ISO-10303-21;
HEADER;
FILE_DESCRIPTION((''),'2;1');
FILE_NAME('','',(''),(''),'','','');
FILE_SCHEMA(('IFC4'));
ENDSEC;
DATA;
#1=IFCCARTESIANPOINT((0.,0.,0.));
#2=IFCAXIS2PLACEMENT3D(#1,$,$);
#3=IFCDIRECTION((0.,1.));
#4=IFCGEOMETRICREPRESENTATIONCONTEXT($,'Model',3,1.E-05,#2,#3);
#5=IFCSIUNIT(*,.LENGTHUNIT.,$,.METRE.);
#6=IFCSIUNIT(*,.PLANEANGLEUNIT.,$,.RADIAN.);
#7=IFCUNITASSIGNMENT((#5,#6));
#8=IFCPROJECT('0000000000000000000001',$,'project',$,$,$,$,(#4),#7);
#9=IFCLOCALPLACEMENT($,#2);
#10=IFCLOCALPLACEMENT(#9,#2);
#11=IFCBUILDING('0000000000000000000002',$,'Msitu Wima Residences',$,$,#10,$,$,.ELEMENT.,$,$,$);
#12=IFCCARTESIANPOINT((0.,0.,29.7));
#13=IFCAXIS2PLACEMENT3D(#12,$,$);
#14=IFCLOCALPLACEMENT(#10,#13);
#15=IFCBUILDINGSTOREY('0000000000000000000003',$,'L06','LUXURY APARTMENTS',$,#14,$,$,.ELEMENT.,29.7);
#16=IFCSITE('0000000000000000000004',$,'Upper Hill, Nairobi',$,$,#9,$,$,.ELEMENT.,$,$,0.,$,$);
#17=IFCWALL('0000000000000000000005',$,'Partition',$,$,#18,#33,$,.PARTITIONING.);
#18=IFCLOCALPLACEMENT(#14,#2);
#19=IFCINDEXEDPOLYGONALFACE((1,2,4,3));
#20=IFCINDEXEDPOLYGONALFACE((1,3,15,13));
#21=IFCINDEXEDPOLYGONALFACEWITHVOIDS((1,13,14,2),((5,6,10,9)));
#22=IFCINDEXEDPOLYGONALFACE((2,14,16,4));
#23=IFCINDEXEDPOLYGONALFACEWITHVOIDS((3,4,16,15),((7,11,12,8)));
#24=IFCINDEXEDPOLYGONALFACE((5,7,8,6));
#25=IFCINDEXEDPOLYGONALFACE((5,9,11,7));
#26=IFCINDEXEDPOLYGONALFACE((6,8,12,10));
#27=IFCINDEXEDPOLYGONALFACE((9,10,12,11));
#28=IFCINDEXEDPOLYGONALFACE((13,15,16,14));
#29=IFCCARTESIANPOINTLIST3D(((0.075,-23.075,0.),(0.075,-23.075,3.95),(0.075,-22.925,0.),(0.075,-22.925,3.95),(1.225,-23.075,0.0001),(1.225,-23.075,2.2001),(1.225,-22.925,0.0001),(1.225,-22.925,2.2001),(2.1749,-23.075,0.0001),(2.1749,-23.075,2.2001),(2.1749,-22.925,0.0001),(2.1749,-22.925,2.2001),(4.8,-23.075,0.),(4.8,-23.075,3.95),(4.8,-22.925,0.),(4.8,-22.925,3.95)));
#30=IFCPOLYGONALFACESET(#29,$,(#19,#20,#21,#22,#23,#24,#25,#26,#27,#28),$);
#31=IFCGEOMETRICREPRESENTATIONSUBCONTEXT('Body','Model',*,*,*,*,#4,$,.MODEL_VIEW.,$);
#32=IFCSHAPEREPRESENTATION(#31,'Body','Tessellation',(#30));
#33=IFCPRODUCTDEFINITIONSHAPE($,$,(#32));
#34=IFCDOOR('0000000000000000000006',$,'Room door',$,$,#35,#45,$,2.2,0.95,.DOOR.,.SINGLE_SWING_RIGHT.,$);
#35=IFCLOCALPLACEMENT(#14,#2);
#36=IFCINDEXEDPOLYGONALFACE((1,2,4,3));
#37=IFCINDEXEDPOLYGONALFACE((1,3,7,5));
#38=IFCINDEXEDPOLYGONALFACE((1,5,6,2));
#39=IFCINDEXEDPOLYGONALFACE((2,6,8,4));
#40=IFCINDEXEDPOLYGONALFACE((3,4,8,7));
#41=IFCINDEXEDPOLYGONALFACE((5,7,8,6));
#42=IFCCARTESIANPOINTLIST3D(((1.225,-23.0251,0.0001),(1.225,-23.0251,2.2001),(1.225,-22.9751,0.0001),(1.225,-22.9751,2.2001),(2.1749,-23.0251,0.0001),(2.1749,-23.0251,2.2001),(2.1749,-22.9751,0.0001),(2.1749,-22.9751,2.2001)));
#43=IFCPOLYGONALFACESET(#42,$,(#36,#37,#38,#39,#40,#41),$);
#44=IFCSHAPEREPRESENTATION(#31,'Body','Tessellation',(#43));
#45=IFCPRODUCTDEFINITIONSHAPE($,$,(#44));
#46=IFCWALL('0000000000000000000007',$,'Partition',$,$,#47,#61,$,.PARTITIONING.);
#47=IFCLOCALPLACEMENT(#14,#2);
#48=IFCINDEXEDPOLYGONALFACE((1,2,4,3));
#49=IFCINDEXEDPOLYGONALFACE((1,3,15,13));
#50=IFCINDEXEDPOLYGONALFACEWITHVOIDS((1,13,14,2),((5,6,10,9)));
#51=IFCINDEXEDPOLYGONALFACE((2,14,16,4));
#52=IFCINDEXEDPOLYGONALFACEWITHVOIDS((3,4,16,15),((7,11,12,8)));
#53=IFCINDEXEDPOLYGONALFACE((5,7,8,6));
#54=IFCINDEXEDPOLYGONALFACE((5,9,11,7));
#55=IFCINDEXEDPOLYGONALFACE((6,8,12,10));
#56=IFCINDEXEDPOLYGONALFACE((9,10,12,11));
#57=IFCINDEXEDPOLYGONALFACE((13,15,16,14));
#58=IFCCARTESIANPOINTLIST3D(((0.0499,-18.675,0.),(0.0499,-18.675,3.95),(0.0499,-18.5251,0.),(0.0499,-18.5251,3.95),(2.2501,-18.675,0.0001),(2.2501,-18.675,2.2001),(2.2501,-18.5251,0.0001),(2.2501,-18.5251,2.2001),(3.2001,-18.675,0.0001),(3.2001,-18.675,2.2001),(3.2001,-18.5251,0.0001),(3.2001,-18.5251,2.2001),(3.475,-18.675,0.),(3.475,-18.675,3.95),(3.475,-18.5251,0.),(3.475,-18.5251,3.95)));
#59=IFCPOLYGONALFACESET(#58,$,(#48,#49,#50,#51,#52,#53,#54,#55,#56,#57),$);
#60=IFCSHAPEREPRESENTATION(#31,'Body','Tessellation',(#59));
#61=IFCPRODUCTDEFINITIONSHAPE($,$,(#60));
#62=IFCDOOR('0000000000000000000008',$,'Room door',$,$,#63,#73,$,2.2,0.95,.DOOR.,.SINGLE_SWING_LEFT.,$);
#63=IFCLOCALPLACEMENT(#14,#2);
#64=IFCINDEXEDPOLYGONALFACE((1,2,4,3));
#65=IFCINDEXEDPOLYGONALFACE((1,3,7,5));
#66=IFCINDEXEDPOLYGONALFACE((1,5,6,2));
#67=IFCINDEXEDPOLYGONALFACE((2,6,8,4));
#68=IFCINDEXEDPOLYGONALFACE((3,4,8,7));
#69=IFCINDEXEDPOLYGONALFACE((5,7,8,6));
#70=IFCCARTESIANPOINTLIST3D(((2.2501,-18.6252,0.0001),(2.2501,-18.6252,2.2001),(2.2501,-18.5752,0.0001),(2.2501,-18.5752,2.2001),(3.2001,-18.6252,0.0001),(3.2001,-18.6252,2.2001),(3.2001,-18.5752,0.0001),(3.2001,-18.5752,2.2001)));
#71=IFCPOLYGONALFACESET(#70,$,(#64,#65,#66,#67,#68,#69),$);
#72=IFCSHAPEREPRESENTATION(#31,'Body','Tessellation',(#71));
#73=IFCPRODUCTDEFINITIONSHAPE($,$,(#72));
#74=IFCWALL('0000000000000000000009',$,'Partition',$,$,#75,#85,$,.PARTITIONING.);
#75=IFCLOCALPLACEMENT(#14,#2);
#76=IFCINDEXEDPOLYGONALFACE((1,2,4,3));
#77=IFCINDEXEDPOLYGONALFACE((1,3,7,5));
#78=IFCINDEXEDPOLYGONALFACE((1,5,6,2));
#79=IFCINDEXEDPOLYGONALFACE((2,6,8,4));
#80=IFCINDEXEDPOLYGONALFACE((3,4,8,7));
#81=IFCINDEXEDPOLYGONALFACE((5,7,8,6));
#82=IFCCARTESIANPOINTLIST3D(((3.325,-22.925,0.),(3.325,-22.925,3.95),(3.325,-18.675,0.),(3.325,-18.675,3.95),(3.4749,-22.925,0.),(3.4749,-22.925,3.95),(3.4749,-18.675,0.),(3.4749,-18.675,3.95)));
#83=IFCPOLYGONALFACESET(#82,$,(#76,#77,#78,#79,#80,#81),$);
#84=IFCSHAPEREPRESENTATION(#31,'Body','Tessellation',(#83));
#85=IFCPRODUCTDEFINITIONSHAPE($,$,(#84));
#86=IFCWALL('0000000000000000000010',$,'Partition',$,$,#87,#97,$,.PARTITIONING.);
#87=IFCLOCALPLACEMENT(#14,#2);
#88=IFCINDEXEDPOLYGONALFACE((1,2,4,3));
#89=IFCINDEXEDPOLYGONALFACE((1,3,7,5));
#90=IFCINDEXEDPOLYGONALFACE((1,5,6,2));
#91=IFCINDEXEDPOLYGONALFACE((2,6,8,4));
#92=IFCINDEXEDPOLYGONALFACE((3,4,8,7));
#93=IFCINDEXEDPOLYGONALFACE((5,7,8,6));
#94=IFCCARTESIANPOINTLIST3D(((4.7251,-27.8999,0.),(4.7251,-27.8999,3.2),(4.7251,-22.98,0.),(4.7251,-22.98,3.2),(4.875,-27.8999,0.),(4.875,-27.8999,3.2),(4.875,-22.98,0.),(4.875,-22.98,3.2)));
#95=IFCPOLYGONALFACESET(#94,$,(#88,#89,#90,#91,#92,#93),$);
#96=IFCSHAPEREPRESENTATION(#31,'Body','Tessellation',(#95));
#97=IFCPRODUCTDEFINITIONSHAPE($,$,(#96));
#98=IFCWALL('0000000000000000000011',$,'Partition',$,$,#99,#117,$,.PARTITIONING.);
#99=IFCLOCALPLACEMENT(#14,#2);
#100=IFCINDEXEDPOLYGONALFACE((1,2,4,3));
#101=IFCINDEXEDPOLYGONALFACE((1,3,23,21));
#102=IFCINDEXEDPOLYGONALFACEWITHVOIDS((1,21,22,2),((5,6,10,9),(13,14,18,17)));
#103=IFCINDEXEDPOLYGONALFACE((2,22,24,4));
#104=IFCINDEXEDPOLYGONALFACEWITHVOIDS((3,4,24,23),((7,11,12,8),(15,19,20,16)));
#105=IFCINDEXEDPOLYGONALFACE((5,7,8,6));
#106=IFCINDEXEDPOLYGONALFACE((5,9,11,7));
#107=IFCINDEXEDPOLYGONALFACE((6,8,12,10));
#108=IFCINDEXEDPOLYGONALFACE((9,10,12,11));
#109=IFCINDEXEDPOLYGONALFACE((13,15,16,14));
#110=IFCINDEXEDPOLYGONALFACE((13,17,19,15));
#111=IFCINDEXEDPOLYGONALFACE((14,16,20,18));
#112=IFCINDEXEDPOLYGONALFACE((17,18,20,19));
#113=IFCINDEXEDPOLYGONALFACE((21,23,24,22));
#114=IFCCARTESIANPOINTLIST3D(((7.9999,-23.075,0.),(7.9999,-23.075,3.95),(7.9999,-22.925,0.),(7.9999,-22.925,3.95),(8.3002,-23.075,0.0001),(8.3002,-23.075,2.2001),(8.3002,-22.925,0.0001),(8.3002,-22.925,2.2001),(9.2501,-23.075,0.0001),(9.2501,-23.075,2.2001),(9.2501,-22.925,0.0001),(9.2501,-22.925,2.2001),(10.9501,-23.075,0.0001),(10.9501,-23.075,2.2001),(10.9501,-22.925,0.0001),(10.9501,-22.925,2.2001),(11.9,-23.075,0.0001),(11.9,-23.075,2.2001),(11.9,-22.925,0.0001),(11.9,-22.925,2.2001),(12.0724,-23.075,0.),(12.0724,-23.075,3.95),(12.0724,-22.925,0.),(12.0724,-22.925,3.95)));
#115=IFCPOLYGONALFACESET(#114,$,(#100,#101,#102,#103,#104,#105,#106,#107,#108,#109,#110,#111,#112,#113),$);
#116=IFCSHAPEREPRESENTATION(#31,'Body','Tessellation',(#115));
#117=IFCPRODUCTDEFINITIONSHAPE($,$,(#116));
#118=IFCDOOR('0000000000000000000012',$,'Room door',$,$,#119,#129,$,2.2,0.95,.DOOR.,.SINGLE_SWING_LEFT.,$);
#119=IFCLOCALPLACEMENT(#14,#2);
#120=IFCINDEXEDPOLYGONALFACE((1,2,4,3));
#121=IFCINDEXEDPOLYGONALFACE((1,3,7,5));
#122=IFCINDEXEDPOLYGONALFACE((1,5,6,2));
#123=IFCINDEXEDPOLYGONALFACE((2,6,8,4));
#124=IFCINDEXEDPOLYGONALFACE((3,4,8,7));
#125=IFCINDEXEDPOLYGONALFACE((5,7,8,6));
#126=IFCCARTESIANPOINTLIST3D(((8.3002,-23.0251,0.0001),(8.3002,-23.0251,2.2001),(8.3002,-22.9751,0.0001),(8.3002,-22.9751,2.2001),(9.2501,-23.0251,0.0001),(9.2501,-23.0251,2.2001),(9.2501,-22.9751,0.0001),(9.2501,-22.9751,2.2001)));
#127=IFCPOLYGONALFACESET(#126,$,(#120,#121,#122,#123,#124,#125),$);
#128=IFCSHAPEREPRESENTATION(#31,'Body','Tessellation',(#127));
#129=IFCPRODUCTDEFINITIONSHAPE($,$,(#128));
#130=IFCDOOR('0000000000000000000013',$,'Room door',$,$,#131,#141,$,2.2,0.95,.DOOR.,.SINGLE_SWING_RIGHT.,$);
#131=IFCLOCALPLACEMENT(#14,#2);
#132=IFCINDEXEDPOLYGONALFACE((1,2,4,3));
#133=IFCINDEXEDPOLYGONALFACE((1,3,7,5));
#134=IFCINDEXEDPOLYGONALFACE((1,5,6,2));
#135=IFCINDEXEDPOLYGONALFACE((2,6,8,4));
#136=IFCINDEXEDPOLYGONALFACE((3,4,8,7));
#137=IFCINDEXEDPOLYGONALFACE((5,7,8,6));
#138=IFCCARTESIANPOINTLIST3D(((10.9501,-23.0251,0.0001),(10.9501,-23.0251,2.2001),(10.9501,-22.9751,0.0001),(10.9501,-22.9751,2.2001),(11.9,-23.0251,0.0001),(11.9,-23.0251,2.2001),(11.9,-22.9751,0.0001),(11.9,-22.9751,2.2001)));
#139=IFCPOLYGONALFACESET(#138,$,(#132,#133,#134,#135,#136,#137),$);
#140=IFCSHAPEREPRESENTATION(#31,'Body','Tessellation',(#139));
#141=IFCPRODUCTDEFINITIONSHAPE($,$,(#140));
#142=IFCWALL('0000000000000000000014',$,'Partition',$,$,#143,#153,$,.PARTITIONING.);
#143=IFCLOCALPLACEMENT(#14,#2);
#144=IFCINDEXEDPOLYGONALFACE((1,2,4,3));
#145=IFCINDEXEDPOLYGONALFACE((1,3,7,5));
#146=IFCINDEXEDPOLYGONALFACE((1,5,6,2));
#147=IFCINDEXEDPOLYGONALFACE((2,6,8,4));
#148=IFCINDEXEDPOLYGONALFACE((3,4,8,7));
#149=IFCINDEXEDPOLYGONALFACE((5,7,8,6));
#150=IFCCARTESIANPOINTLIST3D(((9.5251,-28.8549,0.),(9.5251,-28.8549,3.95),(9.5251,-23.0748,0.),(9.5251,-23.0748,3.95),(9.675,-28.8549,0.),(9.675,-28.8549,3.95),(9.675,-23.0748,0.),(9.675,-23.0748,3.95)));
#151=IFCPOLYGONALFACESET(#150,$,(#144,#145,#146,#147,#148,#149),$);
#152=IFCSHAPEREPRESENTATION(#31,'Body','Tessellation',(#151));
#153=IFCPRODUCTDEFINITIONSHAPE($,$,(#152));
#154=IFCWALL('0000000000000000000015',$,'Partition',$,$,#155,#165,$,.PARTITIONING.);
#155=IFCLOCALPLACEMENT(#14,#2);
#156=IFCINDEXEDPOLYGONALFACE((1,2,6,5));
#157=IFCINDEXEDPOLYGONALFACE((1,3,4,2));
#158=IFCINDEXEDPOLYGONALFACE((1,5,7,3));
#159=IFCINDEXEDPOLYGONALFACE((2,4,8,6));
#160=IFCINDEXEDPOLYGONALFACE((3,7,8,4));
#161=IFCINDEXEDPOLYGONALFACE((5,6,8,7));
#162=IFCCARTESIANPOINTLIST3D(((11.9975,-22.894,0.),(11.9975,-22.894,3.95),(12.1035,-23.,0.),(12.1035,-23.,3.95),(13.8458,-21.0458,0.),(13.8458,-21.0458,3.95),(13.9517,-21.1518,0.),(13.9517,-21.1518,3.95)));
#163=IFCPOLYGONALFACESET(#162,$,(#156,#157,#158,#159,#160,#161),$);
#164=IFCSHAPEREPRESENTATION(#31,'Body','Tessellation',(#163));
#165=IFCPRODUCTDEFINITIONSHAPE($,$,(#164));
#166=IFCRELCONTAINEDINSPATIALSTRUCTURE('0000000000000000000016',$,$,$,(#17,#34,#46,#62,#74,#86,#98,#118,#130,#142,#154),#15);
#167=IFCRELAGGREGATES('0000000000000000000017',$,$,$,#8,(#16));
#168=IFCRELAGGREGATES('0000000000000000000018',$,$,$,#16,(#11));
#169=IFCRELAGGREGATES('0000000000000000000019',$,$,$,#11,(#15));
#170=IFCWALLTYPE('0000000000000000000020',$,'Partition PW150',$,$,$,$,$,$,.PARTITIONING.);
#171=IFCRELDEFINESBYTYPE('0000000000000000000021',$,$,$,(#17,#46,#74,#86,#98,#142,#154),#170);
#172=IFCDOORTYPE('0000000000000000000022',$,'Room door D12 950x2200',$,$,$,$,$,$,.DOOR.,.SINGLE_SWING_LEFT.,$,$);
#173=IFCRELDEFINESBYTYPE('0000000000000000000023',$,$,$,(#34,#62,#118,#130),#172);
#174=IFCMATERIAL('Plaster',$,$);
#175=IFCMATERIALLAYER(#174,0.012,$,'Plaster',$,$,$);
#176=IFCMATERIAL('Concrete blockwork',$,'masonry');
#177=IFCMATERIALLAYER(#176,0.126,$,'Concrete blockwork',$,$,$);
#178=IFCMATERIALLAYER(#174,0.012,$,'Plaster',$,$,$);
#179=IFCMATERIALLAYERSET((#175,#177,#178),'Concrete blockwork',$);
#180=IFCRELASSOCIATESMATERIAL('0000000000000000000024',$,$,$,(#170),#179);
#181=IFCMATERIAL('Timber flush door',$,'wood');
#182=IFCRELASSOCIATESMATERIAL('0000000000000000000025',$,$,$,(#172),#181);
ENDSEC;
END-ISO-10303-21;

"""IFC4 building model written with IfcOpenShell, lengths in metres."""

from ifc_helpers import new_model, si_unit, direction, frame, frame_2d, origin, place, context, subcontext, project, spatial, rectangle, extrude, material, layer, layer_set, type_object, element, fill, save


model = new_model("IFC4")

# Units and contexts
model_context = context("Model", 3, precision=1e-05, world=origin(), true_north=direction((0.0, 1.0)))
body_context = subcontext(model_context, "Body", "Model", "MODEL_VIEW")
ifc_project = project(units=[si_unit("LENGTHUNIT", "METRE"), si_unit("PLANEANGLEUNIT", "RADIAN")], contexts=[model_context])

# Site, building, storey
site_placement = place(None, origin())
site = spatial("IfcSite", under=ifc_project, at=site_placement, Name="Upper Hill, Nairobi", CompositionType="ELEMENT", RefElevation=0.0)
building_placement = place(site_placement, origin())
building = spatial("IfcBuilding", under=site, at=building_placement, Name="Msitu Wima Residences", CompositionType="ELEMENT")
storey_placement = place(building_placement, frame((0.0, 0.0, 29.7)))
storey = spatial("IfcBuildingStorey", under=building, at=storey_placement, Name="L06", Description="LUXURY APARTMENTS", CompositionType="ELEMENT", Elevation=29.7)

# Walls, openings, doors
ifc_material_1 = material(Name="Plaster")
ifc_layer_1 = layer(ifc_material_1, 0.012, Name="Plaster")
ifc_material_2 = material(Name="Concrete blockwork", Category="masonry")
ifc_layer_2 = layer(ifc_material_2, 0.126, Name="Concrete blockwork")
ifc_layer_3 = layer(ifc_material_1, 0.012, Name="Plaster")
ifc_layer_set_1 = layer_set([ifc_layer_1, ifc_layer_2, ifc_layer_3], Name="Concrete blockwork")
wall_type_1 = type_object("IfcWallType", Name="Partition PW150", PredefinedType="PARTITIONING", material=ifc_layer_set_1)
wall_1_placement = place(storey_placement, frame((0.075, -23.0, 0.0), z_axis=(0.0, 0.0, 1.0), x_axis=(1.0, 0.0, 0.0)))
wall_1 = element("IfcWall", 1, at=wall_1_placement, inside=storey, type_object=wall_type_1, Name="Partition", PredefinedType="PARTITIONING", context=body_context, shape_type="SweptSolid", body=[
    extrude(rectangle(XDim=4.7251, YDim=0.1499, at=frame_2d((2.3625, 0.0))), origin(), (0.0, 0.0, 1.0), 3.95),
])
opening_1_placement = place(wall_1_placement, frame((1.1499, 0.0, 0.0)))
opening_1 = element("IfcOpeningElement", 2, at=opening_1_placement, cuts=wall_1, PredefinedType="OPENING", context=body_context, shape_type="SweptSolid", body=[
    extrude(rectangle(XDim=0.95, YDim=2.2, at=frame_2d((0.4751, 1.1001))), frame((0.0, 0.085, 0.0), z_axis=(0.0, -1.0, 0.0), x_axis=(1.0, 0.0, 0.0)), (0.0, 0.0, 1.0), 0.1699),
])
ifc_material_3 = material(Name="Timber flush door", Category="wood")
door_type_1 = type_object("IfcDoorType", Name="Room door D12 950x2200", OperationType="SINGLE_SWING_LEFT", PredefinedType="DOOR", material=ifc_material_3)
door_1_placement = place(opening_1_placement, origin())
door_1 = element("IfcDoor", 3, at=door_1_placement, inside=storey, type_object=door_type_1, Name="Room door", OperationType="SINGLE_SWING_RIGHT", OverallHeight=2.2, OverallWidth=0.95, PredefinedType="DOOR", context=body_context, shape_type="SweptSolid", body=[
    extrude(rectangle(XDim=0.95, YDim=2.2, at=frame_2d((0.4751, 1.1001))), frame((0.0, 0.0249, 0.0), z_axis=(0.0, -1.0, 0.0), x_axis=(1.0, 0.0, 0.0)), (0.0, 0.0, 1.0), 0.05),
])
fill(opening_1, door_1)
wall_2_placement = place(storey_placement, frame((0.05, -18.6001, 0.0), z_axis=(0.0, 0.0, 1.0), x_axis=(1.0, 0.0, 0.0)))
wall_2 = element("IfcWall", 4, at=wall_2_placement, inside=storey, type_object=wall_type_1, Name="Partition", PredefinedType="PARTITIONING", context=body_context, shape_type="SweptSolid", body=[
    extrude(rectangle(XDim=3.425, YDim=0.1499, at=frame_2d((1.7124, 0.0))), origin(), (0.0, 0.0, 1.0), 3.95),
])
opening_2_placement = place(wall_2_placement, frame((2.2, 0.0, 0.0)))
opening_2 = element("IfcOpeningElement", 5, at=opening_2_placement, cuts=wall_2, PredefinedType="OPENING", context=body_context, shape_type="SweptSolid", body=[
    extrude(rectangle(XDim=0.95, YDim=2.2, at=frame_2d((0.4751, 1.1001))), frame((0.0, 0.085, 0.0), z_axis=(0.0, -1.0, 0.0), x_axis=(1.0, 0.0, 0.0)), (0.0, 0.0, 1.0), 0.1699),
])
door_2_placement = place(opening_2_placement, origin())
door_2 = element("IfcDoor", 6, at=door_2_placement, inside=storey, type_object=door_type_1, Name="Room door", OperationType="SINGLE_SWING_LEFT", OverallHeight=2.2, OverallWidth=0.95, PredefinedType="DOOR", context=body_context, shape_type="SweptSolid", body=[
    extrude(rectangle(XDim=0.95, YDim=2.2, at=frame_2d((0.4751, 1.1001))), frame((0.0, 0.0249, 0.0), z_axis=(0.0, -1.0, 0.0), x_axis=(1.0, 0.0, 0.0)), (0.0, 0.0, 1.0), 0.05),
])
fill(opening_2, door_2)

# Walls
wall_3_placement = place(storey_placement, frame((3.3999, -22.925, 0.0), z_axis=(0.0, 0.0, 1.0), x_axis=(0.0, 1.0, 0.0)))
element("IfcWall", 7, at=wall_3_placement, inside=storey, type_object=wall_type_1, Name="Partition", PredefinedType="PARTITIONING", context=body_context, shape_type="SweptSolid", body=[
    extrude(rectangle(XDim=4.25, YDim=0.1499, at=frame_2d((2.125, 0.0))), origin(), (0.0, 0.0, 1.0), 3.95),
])
wall_4_placement = place(storey_placement, frame((4.8, -27.8999, 0.0), z_axis=(0.0, 0.0, 1.0), x_axis=(0.0, 1.0, 0.0)))
element("IfcWall", 8, at=wall_4_placement, inside=storey, type_object=wall_type_1, Name="Partition", PredefinedType="PARTITIONING", context=body_context, shape_type="SweptSolid", body=[
    extrude(rectangle(XDim=4.9199, YDim=0.1499, at=frame_2d((2.46, 0.0))), origin(), (0.0, 0.0, 1.0), 3.2),
])

# Wall, openings, doors
wall_5_placement = place(storey_placement, frame((8.0, -23.0, 0.0), z_axis=(0.0, 0.0, 1.0), x_axis=(1.0, 0.0, 0.0)))
wall_5 = element("IfcWall", 9, at=wall_5_placement, inside=storey, type_object=wall_type_1, Name="Partition", PredefinedType="PARTITIONING", context=body_context, shape_type="SweptSolid", body=[
    extrude(rectangle(XDim=4.0725, YDim=0.1499, at=frame_2d((2.0361, 0.0))), origin(), (0.0, 0.0, 1.0), 3.95),
])
opening_3_placement = place(wall_5_placement, frame((0.3, 0.0, 0.0)))
opening_3 = element("IfcOpeningElement", 10, at=opening_3_placement, cuts=wall_5, PredefinedType="OPENING", context=body_context, shape_type="SweptSolid", body=[
    extrude(rectangle(XDim=0.95, YDim=2.2, at=frame_2d((0.4751, 1.1001))), frame((0.0, 0.085, 0.0), z_axis=(0.0, -1.0, 0.0), x_axis=(1.0, 0.0, 0.0)), (0.0, 0.0, 1.0), 0.1699),
])
opening_4_placement = place(wall_5_placement, frame((2.95, 0.0, 0.0)))
opening_4 = element("IfcOpeningElement", 11, at=opening_4_placement, cuts=wall_5, PredefinedType="OPENING", context=body_context, shape_type="SweptSolid", body=[
    extrude(rectangle(XDim=0.95, YDim=2.2, at=frame_2d((0.4751, 1.1001))), frame((0.0, 0.085, 0.0), z_axis=(0.0, -1.0, 0.0), x_axis=(1.0, 0.0, 0.0)), (0.0, 0.0, 1.0), 0.1699),
])
door_3_placement = place(opening_3_placement, origin())
door_3 = element("IfcDoor", 12, at=door_3_placement, inside=storey, type_object=door_type_1, Name="Room door", OperationType="SINGLE_SWING_LEFT", OverallHeight=2.2, OverallWidth=0.95, PredefinedType="DOOR", context=body_context, shape_type="SweptSolid", body=[
    extrude(rectangle(XDim=0.95, YDim=2.2, at=frame_2d((0.4751, 1.1001))), frame((0.0, 0.0249, 0.0), z_axis=(0.0, -1.0, 0.0), x_axis=(1.0, 0.0, 0.0)), (0.0, 0.0, 1.0), 0.05),
])
fill(opening_3, door_3)
door_4_placement = place(opening_4_placement, origin())
door_4 = element("IfcDoor", 13, at=door_4_placement, inside=storey, type_object=door_type_1, Name="Room door", OperationType="SINGLE_SWING_RIGHT", OverallHeight=2.2, OverallWidth=0.95, PredefinedType="DOOR", context=body_context, shape_type="SweptSolid", body=[
    extrude(rectangle(XDim=0.95, YDim=2.2, at=frame_2d((0.4751, 1.1001))), frame((0.0, 0.0249, 0.0), z_axis=(0.0, -1.0, 0.0), x_axis=(1.0, 0.0, 0.0)), (0.0, 0.0, 1.0), 0.05),
])
fill(opening_4, door_4)

# Walls
wall_6_placement = place(storey_placement, frame((9.6001, -28.855, 0.0), z_axis=(0.0, 0.0, 1.0), x_axis=(0.0, 1.0, 0.0)))
element("IfcWall", 14, at=wall_6_placement, inside=storey, type_object=wall_type_1, Name="Partition", PredefinedType="PARTITIONING", context=body_context, shape_type="SweptSolid", body=[
    extrude(rectangle(XDim=5.78, YDim=0.1499, at=frame_2d((2.8901, 0.0))), origin(), (0.0, 0.0, 1.0), 3.95),
])
wall_7_placement = place(storey_placement, frame((12.0505, -22.947, 0.0), z_axis=(0.0, 0.0, 1.0), x_axis=(0.707107, 0.707107, 0.0)))
element("IfcWall", 15, at=wall_7_placement, inside=storey, type_object=wall_type_1, Name="Partition", PredefinedType="PARTITIONING", context=body_context, shape_type="SweptSolid", body=[
    extrude(rectangle(XDim=2.6138, YDim=0.1499, at=frame_2d((1.3069, 0.0))), origin(), (0.0, 0.0, 1.0), 3.95),
])

save(model, "model.ifc")
